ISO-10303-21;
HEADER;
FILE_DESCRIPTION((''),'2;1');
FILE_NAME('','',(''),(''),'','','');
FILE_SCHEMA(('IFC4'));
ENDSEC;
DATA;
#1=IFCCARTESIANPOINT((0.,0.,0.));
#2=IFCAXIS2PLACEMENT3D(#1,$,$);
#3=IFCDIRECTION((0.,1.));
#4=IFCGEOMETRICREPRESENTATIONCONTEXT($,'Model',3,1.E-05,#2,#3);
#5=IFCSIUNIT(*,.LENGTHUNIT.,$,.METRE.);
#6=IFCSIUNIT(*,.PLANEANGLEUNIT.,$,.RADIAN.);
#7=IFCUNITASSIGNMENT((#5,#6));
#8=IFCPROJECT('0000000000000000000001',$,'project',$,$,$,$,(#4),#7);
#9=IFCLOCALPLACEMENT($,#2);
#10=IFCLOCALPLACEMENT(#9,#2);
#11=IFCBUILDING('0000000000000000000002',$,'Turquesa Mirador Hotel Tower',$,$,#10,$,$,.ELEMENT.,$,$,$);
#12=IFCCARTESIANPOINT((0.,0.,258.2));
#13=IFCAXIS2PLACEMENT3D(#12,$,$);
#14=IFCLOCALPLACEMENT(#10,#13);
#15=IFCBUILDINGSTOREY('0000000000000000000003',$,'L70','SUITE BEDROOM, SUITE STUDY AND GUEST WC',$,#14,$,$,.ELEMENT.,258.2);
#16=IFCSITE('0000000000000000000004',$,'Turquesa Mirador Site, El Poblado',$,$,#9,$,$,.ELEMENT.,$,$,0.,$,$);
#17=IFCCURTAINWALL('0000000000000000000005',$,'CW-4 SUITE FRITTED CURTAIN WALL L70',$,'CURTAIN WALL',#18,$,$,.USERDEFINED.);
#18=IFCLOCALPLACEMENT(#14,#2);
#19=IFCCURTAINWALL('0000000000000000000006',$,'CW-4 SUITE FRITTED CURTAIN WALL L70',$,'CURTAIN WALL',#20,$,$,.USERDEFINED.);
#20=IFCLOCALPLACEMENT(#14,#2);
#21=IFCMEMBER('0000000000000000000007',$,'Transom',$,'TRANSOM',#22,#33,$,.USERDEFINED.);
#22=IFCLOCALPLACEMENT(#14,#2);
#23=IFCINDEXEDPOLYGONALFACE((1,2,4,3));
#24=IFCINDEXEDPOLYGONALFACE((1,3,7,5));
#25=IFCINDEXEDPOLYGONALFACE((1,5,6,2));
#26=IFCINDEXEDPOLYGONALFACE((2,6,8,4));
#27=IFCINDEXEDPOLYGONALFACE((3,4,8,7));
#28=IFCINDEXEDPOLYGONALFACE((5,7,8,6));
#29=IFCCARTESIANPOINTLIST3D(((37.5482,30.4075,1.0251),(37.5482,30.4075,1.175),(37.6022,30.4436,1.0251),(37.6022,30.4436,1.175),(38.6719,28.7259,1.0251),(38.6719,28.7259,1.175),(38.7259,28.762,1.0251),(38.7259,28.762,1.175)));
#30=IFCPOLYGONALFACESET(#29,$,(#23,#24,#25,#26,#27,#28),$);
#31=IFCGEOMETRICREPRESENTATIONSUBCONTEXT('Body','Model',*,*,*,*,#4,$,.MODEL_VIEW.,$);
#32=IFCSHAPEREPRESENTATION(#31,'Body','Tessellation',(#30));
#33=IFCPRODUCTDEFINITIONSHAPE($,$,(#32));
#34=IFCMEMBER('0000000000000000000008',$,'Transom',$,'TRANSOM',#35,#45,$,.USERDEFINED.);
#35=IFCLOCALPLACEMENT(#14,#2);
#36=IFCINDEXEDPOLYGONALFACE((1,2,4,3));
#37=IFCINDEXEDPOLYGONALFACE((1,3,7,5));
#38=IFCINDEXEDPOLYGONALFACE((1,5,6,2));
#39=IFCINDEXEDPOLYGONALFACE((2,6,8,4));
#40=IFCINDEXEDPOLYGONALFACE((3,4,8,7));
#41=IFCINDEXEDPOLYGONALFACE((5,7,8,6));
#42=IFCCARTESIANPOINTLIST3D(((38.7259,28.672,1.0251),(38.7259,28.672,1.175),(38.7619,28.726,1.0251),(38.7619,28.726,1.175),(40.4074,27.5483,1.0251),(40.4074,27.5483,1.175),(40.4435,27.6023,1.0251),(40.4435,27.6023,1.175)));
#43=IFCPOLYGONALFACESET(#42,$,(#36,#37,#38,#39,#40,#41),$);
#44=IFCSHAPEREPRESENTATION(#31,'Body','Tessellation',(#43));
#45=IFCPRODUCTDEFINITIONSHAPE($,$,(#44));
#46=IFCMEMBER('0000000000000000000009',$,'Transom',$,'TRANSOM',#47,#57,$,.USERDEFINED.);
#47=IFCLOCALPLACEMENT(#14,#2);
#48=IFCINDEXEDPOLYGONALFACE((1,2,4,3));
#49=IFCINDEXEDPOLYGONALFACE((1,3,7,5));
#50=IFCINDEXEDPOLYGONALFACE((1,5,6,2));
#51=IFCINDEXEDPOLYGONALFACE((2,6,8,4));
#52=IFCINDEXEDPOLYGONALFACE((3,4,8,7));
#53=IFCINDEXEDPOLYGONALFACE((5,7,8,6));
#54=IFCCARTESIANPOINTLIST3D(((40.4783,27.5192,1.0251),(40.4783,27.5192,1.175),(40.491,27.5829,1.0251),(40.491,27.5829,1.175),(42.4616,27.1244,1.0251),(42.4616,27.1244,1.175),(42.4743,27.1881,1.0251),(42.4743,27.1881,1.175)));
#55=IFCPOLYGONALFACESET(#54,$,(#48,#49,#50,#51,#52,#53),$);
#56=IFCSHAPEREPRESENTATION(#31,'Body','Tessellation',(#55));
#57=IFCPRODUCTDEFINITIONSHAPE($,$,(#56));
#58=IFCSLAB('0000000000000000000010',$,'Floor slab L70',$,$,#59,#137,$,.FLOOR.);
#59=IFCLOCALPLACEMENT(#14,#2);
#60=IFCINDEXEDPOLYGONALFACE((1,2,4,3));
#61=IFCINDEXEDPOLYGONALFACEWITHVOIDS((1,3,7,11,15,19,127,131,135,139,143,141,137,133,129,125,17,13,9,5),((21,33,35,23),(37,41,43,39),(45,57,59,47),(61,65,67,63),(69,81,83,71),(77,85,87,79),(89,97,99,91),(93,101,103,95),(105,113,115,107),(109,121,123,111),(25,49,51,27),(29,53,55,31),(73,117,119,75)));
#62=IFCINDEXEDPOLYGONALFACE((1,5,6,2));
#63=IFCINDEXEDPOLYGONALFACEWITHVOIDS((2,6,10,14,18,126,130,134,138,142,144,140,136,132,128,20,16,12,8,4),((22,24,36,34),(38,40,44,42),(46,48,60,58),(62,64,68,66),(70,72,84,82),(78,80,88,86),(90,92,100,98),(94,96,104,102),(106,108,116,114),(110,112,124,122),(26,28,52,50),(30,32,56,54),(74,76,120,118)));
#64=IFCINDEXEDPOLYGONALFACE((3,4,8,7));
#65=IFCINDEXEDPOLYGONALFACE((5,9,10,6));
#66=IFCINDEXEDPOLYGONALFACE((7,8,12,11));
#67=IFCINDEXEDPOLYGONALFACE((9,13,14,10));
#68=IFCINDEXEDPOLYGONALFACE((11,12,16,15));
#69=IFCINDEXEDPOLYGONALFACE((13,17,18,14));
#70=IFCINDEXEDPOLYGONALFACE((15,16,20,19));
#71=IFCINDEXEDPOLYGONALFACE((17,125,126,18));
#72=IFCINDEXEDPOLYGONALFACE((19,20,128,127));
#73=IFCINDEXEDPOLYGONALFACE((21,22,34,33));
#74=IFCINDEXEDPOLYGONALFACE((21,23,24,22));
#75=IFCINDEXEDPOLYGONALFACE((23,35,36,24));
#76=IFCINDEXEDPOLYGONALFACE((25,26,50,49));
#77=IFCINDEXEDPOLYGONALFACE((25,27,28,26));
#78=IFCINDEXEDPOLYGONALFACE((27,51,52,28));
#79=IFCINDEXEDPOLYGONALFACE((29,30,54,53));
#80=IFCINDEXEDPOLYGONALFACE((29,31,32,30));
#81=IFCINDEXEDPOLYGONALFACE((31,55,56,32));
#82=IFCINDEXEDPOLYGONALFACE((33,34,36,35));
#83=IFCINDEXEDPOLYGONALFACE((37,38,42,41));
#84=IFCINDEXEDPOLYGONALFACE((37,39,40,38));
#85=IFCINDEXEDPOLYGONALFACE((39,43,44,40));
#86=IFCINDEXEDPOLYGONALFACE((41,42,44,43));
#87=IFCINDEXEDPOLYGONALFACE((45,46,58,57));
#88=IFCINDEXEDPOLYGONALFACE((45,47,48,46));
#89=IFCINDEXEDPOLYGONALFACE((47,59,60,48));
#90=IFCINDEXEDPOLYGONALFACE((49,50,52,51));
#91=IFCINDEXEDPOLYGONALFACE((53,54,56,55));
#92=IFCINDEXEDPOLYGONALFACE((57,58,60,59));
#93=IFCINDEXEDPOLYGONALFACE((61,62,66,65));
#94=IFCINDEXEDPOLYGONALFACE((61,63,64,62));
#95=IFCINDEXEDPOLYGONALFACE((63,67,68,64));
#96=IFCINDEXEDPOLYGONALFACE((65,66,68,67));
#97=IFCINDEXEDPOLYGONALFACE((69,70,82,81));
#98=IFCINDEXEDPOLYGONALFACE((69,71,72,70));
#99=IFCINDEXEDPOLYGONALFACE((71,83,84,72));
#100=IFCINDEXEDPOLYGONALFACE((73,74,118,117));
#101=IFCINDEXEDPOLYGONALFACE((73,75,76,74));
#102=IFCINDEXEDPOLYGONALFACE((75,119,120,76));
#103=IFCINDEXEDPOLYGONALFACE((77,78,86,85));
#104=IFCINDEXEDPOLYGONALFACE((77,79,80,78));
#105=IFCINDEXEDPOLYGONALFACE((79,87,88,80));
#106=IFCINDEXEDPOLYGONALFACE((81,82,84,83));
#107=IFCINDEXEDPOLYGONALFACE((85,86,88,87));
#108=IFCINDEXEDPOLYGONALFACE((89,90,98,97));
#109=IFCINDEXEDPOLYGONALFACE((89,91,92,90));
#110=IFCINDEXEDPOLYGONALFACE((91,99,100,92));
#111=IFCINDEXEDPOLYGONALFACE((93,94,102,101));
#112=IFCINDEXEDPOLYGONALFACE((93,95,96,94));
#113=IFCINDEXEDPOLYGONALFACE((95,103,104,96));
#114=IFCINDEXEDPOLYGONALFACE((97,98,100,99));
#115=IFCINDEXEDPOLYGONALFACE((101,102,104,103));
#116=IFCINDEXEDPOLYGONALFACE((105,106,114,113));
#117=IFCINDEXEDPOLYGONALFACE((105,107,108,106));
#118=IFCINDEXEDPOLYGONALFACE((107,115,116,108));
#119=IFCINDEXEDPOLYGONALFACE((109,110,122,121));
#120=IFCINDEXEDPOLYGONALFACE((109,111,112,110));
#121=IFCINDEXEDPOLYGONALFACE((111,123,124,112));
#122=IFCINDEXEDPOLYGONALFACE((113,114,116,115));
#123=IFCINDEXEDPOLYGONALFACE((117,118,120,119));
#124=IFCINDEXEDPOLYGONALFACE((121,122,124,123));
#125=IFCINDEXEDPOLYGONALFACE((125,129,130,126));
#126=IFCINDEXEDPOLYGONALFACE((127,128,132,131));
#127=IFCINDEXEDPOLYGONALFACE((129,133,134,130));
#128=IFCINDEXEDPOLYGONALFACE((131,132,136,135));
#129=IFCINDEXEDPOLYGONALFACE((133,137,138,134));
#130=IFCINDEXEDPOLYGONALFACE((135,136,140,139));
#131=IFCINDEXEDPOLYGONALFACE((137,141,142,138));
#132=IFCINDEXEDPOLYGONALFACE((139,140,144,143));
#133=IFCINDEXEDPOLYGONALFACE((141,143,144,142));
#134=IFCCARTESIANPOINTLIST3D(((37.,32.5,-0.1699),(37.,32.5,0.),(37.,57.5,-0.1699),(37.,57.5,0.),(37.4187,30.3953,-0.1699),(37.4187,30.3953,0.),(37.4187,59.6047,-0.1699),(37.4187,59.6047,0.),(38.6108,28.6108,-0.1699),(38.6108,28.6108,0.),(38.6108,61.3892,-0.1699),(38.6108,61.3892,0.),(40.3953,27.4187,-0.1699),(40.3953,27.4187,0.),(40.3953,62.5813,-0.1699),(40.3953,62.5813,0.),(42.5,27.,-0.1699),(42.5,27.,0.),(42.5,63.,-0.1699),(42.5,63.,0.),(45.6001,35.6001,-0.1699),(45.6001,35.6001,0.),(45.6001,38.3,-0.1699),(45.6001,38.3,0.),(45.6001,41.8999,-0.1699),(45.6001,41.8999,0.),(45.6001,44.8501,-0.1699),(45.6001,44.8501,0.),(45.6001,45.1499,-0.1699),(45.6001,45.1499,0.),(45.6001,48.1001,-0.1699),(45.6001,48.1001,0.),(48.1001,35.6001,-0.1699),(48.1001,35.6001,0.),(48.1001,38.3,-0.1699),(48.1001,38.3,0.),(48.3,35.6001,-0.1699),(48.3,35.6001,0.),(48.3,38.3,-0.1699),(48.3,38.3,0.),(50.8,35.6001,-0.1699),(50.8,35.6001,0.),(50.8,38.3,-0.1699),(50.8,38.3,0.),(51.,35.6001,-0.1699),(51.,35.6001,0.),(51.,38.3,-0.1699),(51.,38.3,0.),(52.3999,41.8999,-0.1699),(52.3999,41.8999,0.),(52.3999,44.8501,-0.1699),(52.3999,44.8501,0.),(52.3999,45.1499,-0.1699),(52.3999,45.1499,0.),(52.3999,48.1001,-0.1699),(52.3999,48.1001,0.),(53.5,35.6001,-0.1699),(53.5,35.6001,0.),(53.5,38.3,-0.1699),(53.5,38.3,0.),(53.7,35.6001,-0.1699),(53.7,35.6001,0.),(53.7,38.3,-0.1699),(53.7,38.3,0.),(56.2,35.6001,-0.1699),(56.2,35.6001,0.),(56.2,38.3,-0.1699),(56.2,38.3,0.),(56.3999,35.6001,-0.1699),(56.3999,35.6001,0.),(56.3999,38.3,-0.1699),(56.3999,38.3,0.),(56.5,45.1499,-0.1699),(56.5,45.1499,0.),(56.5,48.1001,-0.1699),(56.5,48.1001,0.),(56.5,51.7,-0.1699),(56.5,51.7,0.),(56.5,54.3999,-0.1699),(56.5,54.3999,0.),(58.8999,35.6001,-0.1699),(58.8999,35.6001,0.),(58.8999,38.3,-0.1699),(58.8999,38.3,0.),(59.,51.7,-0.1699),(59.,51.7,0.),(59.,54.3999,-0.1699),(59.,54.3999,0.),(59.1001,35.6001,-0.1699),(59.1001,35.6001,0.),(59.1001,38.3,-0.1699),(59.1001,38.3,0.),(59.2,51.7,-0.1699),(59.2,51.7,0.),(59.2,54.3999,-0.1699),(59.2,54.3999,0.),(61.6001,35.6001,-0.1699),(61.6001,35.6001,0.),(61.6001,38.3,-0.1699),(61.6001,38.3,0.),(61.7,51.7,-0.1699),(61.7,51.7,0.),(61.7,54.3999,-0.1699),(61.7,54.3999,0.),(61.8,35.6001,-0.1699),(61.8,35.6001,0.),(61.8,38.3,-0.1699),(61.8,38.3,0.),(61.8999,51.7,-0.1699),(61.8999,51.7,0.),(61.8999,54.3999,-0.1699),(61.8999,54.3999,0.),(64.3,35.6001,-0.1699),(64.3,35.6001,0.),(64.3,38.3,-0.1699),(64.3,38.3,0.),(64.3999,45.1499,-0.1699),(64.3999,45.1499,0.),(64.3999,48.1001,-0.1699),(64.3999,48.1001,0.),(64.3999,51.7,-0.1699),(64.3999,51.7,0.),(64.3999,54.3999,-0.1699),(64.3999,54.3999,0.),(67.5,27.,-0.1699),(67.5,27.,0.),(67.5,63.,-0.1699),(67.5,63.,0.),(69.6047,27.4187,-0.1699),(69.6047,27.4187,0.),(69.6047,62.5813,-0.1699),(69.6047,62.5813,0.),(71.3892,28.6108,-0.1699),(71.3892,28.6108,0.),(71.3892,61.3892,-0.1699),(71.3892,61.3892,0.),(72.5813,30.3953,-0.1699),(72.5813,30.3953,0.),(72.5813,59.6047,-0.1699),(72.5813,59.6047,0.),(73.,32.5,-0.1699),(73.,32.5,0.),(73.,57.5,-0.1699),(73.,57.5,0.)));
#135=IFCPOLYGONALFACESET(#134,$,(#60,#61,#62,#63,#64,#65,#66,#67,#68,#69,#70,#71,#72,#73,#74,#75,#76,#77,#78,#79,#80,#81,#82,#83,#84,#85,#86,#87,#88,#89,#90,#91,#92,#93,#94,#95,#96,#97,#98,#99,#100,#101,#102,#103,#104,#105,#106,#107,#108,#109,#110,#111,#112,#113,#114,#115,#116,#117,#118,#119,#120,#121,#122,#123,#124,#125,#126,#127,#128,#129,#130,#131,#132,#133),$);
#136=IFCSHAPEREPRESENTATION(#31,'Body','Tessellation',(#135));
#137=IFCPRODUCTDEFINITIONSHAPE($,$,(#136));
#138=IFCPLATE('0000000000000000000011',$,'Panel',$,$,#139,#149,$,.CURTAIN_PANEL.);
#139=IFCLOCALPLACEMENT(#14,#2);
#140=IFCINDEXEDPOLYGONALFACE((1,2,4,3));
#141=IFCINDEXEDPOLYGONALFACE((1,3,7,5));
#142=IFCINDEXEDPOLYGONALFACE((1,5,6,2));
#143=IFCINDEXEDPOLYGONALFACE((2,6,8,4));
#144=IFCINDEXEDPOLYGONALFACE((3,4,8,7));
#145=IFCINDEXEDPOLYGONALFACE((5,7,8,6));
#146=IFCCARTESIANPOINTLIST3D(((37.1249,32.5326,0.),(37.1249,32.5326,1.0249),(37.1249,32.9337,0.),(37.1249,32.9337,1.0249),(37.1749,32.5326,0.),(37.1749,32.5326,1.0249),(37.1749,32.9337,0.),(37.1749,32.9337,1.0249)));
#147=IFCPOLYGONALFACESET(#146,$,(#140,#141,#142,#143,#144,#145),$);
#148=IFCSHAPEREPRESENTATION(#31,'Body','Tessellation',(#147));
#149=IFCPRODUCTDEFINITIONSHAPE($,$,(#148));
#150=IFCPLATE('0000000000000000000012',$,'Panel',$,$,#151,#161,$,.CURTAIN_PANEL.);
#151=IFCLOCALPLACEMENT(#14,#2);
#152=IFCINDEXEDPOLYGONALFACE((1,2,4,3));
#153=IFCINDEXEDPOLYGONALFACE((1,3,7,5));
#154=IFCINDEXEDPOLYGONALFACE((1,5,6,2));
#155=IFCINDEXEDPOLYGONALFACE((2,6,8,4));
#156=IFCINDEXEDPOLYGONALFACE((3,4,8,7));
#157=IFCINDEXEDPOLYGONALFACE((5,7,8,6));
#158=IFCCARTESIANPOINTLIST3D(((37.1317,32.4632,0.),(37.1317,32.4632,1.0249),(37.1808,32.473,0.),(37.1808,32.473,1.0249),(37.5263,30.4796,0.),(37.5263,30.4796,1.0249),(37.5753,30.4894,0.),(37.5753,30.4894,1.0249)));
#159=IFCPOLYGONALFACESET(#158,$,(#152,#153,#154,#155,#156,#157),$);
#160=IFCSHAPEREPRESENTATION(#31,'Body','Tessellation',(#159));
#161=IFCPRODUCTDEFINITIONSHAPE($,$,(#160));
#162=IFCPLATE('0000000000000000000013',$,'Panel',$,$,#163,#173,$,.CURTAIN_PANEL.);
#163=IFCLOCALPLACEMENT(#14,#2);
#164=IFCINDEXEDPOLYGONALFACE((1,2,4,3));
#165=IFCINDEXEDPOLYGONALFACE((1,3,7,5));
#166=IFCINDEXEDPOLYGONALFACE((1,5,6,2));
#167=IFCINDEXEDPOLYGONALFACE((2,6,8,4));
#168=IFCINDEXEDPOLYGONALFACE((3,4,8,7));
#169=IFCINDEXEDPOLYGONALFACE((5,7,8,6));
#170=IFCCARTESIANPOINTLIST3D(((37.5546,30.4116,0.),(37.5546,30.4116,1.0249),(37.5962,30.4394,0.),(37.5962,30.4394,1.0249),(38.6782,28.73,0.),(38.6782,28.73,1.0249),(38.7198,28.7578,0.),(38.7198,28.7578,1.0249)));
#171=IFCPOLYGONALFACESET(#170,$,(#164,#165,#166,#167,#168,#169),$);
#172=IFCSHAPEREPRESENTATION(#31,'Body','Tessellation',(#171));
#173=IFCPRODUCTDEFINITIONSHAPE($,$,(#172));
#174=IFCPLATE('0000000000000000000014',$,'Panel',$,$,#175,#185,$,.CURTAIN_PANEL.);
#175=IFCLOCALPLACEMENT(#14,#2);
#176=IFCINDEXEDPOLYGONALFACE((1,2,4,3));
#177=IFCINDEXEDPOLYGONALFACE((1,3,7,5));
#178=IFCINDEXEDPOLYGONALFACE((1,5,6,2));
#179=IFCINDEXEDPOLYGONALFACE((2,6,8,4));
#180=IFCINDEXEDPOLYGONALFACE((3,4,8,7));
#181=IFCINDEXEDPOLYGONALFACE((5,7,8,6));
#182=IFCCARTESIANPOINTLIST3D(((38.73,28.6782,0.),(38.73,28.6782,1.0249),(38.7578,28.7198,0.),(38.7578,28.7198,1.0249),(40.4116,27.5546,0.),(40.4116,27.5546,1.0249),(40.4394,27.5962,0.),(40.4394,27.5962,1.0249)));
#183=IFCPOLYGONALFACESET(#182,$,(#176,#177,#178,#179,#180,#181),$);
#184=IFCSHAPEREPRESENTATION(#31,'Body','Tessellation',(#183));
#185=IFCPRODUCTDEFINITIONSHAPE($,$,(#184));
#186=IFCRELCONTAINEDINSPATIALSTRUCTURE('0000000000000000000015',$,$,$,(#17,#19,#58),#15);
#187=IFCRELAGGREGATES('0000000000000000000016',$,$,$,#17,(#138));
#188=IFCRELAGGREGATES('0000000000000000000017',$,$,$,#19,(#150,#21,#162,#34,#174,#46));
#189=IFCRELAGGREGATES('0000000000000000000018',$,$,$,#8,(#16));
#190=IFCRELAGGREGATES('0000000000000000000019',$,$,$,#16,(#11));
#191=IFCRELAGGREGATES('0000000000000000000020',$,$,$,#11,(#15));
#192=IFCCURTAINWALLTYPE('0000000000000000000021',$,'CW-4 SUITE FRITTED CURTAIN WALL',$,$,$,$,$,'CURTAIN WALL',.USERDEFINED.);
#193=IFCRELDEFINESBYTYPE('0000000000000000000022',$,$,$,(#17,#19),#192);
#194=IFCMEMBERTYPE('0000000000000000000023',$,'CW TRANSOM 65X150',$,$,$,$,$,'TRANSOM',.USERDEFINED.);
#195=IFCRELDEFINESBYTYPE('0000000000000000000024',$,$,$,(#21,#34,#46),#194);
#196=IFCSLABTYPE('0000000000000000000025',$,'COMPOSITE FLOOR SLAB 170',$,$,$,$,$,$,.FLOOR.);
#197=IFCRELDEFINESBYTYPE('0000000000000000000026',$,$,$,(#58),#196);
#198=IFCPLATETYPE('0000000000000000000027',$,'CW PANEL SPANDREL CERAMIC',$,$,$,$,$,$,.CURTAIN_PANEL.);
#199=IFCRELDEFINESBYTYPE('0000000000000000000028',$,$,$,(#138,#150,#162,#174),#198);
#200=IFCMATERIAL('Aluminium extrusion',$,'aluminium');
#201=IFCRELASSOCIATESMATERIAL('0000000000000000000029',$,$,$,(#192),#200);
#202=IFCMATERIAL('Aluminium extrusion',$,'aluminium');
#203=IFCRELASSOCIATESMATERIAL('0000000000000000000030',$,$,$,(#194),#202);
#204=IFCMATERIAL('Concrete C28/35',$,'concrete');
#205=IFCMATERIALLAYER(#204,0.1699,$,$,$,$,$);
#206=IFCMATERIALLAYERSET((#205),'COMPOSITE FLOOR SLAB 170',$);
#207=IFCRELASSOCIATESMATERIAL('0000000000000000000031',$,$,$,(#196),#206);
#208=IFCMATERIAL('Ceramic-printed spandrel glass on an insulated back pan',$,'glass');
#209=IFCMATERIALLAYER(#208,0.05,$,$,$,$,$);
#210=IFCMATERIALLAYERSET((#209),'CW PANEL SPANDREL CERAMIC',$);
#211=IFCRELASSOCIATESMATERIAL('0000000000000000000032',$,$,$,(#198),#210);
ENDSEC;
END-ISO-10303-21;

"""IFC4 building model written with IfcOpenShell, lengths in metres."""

from ifc_helpers import new_model, si_unit, direction, frame, origin, origin_2d, place, context, subcontext, project, spatial, polyline, rectangle, outline, extrude, material, layer, layer_set, material_profile, profile_set, type_object, element, aggregate, save


model = new_model("IFC4")

# Units and contexts
model_context = context("Model", 3, precision=1e-05, world=origin(), true_north=direction((0.0, 1.0)))
body_context = subcontext(model_context, "Body", "Model", "MODEL_VIEW")
ifc_project = project(units=[si_unit("LENGTHUNIT", "METRE"), si_unit("PLANEANGLEUNIT", "RADIAN")], contexts=[model_context])

# Site, building, storey
site_placement = place(None, origin())
site = spatial("IfcSite", under=ifc_project, at=site_placement, Name="Turquesa Mirador Site, El Poblado", CompositionType="ELEMENT", RefElevation=0.0)
building_placement = place(site_placement, origin())
building = spatial("IfcBuilding", under=site, at=building_placement, Name="Turquesa Mirador Hotel Tower", CompositionType="ELEMENT")
storey_placement = place(building_placement, frame((0.0, 0.0, 258.2)))
storey = spatial("IfcBuildingStorey", under=building, at=storey_placement, Name="L70", Description="SUITE BEDROOM, SUITE STUDY AND GUEST WC", CompositionType="ELEMENT", Elevation=258.2)

# Curtain walls
ifc_material_1 = material(Name="Aluminium extrusion", Category="aluminium")
curtain_wall_type = type_object("IfcCurtainWallType", Name="CW-4 SUITE FRITTED CURTAIN WALL", ElementType="CURTAIN WALL", PredefinedType="USERDEFINED", material=ifc_material_1)
curtain_wall_1_placement = place(storey_placement, origin())
curtain_wall_1 = element("IfcCurtainWall", 1, at=curtain_wall_1_placement, inside=storey, type_object=curtain_wall_type, Name="CW-4 SUITE FRITTED CURTAIN WALL L70", ObjectType="CURTAIN WALL", PredefinedType="USERDEFINED")
curtain_wall_2_placement = place(storey_placement, origin())
curtain_wall_2 = element("IfcCurtainWall", 2, at=curtain_wall_2_placement, inside=storey, type_object=curtain_wall_type, Name="CW-4 SUITE FRITTED CURTAIN WALL L70", ObjectType="CURTAIN WALL", PredefinedType="USERDEFINED")

# Members
ifc_material_2 = material(Name="Aluminium extrusion", Category="aluminium")
ifc_material_profile_1 = material_profile(ifc_material_2, rectangle(XDim=0.0649, YDim=0.1499, at=origin_2d()), Name="TRANSOM 65X150")
ifc_profile_set_1 = profile_set([ifc_material_profile_1], Name="Aluminium extrusion")
member_type_1 = type_object("IfcMemberType", Name="CW TRANSOM 65X150", ElementType="TRANSOM", PredefinedType="USERDEFINED", material=ifc_profile_set_1)
member_1_placement = place(storey_placement, frame((37.5752, 30.4255, 1.1001), z_axis=(0.555619, -0.831437, 0.0), x_axis=(0.831437, 0.555619, 0.0)))
member_1 = element("IfcMember", 3, at=member_1_placement, type_object=member_type_1, Name="Transom", ObjectType="TRANSOM", PredefinedType="USERDEFINED", context=body_context, shape_type="SweptSolid", body=[
    extrude(rectangle(XDim=0.0649, YDim=0.1499, at=origin_2d()), origin(), (0.0, 0.0, 1.0), 2.0225),
])
member_2_placement = place(storey_placement, frame((38.7439, 28.699, 1.1001), z_axis=(0.831437, -0.555619, 0.0), x_axis=(0.555619, 0.831437, 0.0)))
member_2 = element("IfcMember", 4, at=member_2_placement, type_object=member_type_1, Name="Transom", ObjectType="TRANSOM", PredefinedType="USERDEFINED", context=body_context, shape_type="SweptSolid", body=[
    extrude(rectangle(XDim=0.0649, YDim=0.1499, at=origin_2d()), origin(), (0.0, 0.0, 1.0), 2.0225),
])
member_3_placement = place(storey_placement, frame((40.4846, 27.551, 1.1001), z_axis=(0.980761, -0.195211, 0.0), x_axis=(0.195211, 0.980761, 0.0)))
member_3 = element("IfcMember", 5, at=member_3_placement, type_object=member_type_1, Name="Transom", ObjectType="TRANSOM", PredefinedType="USERDEFINED", context=body_context, shape_type="SweptSolid", body=[
    extrude(rectangle(XDim=0.0649, YDim=0.1499, at=origin_2d()), origin(), (0.0, 0.0, 1.0), 2.0222),
])

# Slab
ifc_material_3 = material(Name="Concrete C28/35", Category="concrete")
ifc_layer_1 = layer(ifc_material_3, 0.1699)
ifc_layer_set_1 = layer_set([ifc_layer_1], Name="COMPOSITE FLOOR SLAB 170")
slab_type_1 = type_object("IfcSlabType", Name="COMPOSITE FLOOR SLAB 170", PredefinedType="FLOOR", material=ifc_layer_set_1)
slab_1_placement = place(storey_placement, frame((0.0, 0.0, -0.1699)))
element("IfcSlab", 6, at=slab_1_placement, inside=storey, type_object=slab_type_1, Name="Floor slab L70", PredefinedType="FLOOR", context=body_context, shape_type="SweptSolid", body=[
    extrude(outline(polyline([(67.5, 27.0), (69.6047, 27.4187), (71.3892, 28.6108), (72.5813, 30.3953), (73.0, 32.5), (73.0, 57.5), (72.5813, 59.6047), (71.3892, 61.3892), (69.6047, 62.5813), (67.5, 63.0), (42.5, 63.0), (40.3953, 62.5813), (38.6108, 61.3892), (37.4187, 59.6047), (37.0, 57.5), (37.0, 32.5), (37.4187, 30.3953), (38.6108, 28.6108), (40.3953, 27.4187), (42.5, 27.0), (67.5, 27.0)]), holes=[polyline([(56.5, 51.7), (59.0, 51.7), (59.0, 54.3999), (56.5, 54.3999), (56.5, 51.7)]), polyline([(59.2, 51.7), (61.7, 51.7), (61.7, 54.3999), (59.2, 54.3999), (59.2, 51.7)]), polyline([(45.6001, 35.6001), (48.1001, 35.6001), (48.1001, 38.3), (45.6001, 38.3), (45.6001, 35.6001)]), polyline([(48.3, 35.6001), (50.8, 35.6001), (50.8, 38.3), (48.3, 38.3), (48.3, 35.6001)]), polyline([(51.0, 35.6001), (53.5, 35.6001), (53.5, 38.3), (51.0, 38.3), (51.0, 35.6001)]), polyline([(53.7, 35.6001), (56.2, 35.6001), (56.2, 38.3), (53.7, 38.3), (53.7, 35.6001)]), polyline([(56.3999, 35.6001), (58.8999, 35.6001), (58.8999, 38.3), (56.3999, 38.3), (56.3999, 35.6001)]), polyline([(59.1001, 35.6001), (61.6001, 35.6001), (61.6001, 38.3), (59.1001, 38.3), (59.1001, 35.6001)]), polyline([(61.8, 35.6001), (64.3, 35.6001), (64.3, 38.3), (61.8, 38.3), (61.8, 35.6001)]), polyline([(45.6001, 45.1499), (52.3999, 45.1499), (52.3999, 48.1001), (45.6001, 48.1001), (45.6001, 45.1499)]), polyline([(45.6001, 41.8999), (52.3999, 41.8999), (52.3999, 44.8501), (45.6001, 44.8501), (45.6001, 41.8999)]), polyline([(56.5, 45.1499), (64.3999, 45.1499), (64.3999, 48.1001), (56.5, 48.1001), (56.5, 45.1499)]), polyline([(61.8999, 51.7), (64.3999, 51.7), (64.3999, 54.3999), (61.8999, 54.3999), (61.8999, 51.7)])]), origin(), (0.0, 0.0, 1.0), 0.1699),
])

# Plates
ifc_material_4 = material(Name="Ceramic-printed spandrel glass on an insulated back pan", Category="glass")
ifc_layer_2 = layer(ifc_material_4, 0.05)
ifc_layer_set_2 = layer_set([ifc_layer_2], Name="CW PANEL SPANDREL CERAMIC")
plate_type_1 = type_object("IfcPlateType", Name="CW PANEL SPANDREL CERAMIC", PredefinedType="CURTAIN_PANEL", material=ifc_layer_set_2)
plate_1_placement = place(storey_placement, frame((37.1499, 32.7332, 0.0), z_axis=(0.0, 0.0, 1.0), x_axis=(0.0, -1.0, 0.0)))
plate_1 = element("IfcPlate", 7, at=plate_1_placement, type_object=plate_type_1, Name="Panel", PredefinedType="CURTAIN_PANEL", context=body_context, shape_type="SweptSolid", body=[
    extrude(rectangle(XDim=0.4011, YDim=0.05, at=origin_2d()), origin(), (0.0, 0.0, 1.0), 1.0249),
])
plate_2_placement = place(storey_placement, frame((37.3535, 31.4763, 0.0), z_axis=(0.0, 0.0, 1.0), x_axis=(0.195091, -0.980785, 0.0)))
plate_2 = element("IfcPlate", 8, at=plate_2_placement, type_object=plate_type_1, Name="Panel", PredefinedType="CURTAIN_PANEL", context=body_context, shape_type="SweptSolid", body=[
    extrude(rectangle(XDim=2.0225, YDim=0.05, at=origin_2d()), origin(), (0.0, 0.0, 1.0), 1.0249),
])
plate_3_placement = place(storey_placement, frame((38.1372, 29.5847, 0.0), z_axis=(0.0, 0.0, 1.0), x_axis=(0.55557, -0.83147, 0.0)))
plate_3 = element("IfcPlate", 9, at=plate_3_placement, type_object=plate_type_1, Name="Panel", PredefinedType="CURTAIN_PANEL", context=body_context, shape_type="SweptSolid", body=[
    extrude(rectangle(XDim=2.0225, YDim=0.05, at=origin_2d()), origin(), (0.0, 0.0, 1.0), 1.0249),
])
plate_4_placement = place(storey_placement, frame((39.5847, 28.1372, 0.0), z_axis=(0.0, 0.0, 1.0), x_axis=(0.83147, -0.55557, 0.0)))
plate_4 = element("IfcPlate", 10, at=plate_4_placement, type_object=plate_type_1, Name="Panel", PredefinedType="CURTAIN_PANEL", context=body_context, shape_type="SweptSolid", body=[
    extrude(rectangle(XDim=2.0225, YDim=0.05, at=origin_2d()), origin(), (0.0, 0.0, 1.0), 1.0249),
])
aggregate(curtain_wall_1, [plate_1])
aggregate(curtain_wall_2, [plate_2, member_1, plate_3, member_2, plate_4, member_3])

save(model, "model.ifc")
